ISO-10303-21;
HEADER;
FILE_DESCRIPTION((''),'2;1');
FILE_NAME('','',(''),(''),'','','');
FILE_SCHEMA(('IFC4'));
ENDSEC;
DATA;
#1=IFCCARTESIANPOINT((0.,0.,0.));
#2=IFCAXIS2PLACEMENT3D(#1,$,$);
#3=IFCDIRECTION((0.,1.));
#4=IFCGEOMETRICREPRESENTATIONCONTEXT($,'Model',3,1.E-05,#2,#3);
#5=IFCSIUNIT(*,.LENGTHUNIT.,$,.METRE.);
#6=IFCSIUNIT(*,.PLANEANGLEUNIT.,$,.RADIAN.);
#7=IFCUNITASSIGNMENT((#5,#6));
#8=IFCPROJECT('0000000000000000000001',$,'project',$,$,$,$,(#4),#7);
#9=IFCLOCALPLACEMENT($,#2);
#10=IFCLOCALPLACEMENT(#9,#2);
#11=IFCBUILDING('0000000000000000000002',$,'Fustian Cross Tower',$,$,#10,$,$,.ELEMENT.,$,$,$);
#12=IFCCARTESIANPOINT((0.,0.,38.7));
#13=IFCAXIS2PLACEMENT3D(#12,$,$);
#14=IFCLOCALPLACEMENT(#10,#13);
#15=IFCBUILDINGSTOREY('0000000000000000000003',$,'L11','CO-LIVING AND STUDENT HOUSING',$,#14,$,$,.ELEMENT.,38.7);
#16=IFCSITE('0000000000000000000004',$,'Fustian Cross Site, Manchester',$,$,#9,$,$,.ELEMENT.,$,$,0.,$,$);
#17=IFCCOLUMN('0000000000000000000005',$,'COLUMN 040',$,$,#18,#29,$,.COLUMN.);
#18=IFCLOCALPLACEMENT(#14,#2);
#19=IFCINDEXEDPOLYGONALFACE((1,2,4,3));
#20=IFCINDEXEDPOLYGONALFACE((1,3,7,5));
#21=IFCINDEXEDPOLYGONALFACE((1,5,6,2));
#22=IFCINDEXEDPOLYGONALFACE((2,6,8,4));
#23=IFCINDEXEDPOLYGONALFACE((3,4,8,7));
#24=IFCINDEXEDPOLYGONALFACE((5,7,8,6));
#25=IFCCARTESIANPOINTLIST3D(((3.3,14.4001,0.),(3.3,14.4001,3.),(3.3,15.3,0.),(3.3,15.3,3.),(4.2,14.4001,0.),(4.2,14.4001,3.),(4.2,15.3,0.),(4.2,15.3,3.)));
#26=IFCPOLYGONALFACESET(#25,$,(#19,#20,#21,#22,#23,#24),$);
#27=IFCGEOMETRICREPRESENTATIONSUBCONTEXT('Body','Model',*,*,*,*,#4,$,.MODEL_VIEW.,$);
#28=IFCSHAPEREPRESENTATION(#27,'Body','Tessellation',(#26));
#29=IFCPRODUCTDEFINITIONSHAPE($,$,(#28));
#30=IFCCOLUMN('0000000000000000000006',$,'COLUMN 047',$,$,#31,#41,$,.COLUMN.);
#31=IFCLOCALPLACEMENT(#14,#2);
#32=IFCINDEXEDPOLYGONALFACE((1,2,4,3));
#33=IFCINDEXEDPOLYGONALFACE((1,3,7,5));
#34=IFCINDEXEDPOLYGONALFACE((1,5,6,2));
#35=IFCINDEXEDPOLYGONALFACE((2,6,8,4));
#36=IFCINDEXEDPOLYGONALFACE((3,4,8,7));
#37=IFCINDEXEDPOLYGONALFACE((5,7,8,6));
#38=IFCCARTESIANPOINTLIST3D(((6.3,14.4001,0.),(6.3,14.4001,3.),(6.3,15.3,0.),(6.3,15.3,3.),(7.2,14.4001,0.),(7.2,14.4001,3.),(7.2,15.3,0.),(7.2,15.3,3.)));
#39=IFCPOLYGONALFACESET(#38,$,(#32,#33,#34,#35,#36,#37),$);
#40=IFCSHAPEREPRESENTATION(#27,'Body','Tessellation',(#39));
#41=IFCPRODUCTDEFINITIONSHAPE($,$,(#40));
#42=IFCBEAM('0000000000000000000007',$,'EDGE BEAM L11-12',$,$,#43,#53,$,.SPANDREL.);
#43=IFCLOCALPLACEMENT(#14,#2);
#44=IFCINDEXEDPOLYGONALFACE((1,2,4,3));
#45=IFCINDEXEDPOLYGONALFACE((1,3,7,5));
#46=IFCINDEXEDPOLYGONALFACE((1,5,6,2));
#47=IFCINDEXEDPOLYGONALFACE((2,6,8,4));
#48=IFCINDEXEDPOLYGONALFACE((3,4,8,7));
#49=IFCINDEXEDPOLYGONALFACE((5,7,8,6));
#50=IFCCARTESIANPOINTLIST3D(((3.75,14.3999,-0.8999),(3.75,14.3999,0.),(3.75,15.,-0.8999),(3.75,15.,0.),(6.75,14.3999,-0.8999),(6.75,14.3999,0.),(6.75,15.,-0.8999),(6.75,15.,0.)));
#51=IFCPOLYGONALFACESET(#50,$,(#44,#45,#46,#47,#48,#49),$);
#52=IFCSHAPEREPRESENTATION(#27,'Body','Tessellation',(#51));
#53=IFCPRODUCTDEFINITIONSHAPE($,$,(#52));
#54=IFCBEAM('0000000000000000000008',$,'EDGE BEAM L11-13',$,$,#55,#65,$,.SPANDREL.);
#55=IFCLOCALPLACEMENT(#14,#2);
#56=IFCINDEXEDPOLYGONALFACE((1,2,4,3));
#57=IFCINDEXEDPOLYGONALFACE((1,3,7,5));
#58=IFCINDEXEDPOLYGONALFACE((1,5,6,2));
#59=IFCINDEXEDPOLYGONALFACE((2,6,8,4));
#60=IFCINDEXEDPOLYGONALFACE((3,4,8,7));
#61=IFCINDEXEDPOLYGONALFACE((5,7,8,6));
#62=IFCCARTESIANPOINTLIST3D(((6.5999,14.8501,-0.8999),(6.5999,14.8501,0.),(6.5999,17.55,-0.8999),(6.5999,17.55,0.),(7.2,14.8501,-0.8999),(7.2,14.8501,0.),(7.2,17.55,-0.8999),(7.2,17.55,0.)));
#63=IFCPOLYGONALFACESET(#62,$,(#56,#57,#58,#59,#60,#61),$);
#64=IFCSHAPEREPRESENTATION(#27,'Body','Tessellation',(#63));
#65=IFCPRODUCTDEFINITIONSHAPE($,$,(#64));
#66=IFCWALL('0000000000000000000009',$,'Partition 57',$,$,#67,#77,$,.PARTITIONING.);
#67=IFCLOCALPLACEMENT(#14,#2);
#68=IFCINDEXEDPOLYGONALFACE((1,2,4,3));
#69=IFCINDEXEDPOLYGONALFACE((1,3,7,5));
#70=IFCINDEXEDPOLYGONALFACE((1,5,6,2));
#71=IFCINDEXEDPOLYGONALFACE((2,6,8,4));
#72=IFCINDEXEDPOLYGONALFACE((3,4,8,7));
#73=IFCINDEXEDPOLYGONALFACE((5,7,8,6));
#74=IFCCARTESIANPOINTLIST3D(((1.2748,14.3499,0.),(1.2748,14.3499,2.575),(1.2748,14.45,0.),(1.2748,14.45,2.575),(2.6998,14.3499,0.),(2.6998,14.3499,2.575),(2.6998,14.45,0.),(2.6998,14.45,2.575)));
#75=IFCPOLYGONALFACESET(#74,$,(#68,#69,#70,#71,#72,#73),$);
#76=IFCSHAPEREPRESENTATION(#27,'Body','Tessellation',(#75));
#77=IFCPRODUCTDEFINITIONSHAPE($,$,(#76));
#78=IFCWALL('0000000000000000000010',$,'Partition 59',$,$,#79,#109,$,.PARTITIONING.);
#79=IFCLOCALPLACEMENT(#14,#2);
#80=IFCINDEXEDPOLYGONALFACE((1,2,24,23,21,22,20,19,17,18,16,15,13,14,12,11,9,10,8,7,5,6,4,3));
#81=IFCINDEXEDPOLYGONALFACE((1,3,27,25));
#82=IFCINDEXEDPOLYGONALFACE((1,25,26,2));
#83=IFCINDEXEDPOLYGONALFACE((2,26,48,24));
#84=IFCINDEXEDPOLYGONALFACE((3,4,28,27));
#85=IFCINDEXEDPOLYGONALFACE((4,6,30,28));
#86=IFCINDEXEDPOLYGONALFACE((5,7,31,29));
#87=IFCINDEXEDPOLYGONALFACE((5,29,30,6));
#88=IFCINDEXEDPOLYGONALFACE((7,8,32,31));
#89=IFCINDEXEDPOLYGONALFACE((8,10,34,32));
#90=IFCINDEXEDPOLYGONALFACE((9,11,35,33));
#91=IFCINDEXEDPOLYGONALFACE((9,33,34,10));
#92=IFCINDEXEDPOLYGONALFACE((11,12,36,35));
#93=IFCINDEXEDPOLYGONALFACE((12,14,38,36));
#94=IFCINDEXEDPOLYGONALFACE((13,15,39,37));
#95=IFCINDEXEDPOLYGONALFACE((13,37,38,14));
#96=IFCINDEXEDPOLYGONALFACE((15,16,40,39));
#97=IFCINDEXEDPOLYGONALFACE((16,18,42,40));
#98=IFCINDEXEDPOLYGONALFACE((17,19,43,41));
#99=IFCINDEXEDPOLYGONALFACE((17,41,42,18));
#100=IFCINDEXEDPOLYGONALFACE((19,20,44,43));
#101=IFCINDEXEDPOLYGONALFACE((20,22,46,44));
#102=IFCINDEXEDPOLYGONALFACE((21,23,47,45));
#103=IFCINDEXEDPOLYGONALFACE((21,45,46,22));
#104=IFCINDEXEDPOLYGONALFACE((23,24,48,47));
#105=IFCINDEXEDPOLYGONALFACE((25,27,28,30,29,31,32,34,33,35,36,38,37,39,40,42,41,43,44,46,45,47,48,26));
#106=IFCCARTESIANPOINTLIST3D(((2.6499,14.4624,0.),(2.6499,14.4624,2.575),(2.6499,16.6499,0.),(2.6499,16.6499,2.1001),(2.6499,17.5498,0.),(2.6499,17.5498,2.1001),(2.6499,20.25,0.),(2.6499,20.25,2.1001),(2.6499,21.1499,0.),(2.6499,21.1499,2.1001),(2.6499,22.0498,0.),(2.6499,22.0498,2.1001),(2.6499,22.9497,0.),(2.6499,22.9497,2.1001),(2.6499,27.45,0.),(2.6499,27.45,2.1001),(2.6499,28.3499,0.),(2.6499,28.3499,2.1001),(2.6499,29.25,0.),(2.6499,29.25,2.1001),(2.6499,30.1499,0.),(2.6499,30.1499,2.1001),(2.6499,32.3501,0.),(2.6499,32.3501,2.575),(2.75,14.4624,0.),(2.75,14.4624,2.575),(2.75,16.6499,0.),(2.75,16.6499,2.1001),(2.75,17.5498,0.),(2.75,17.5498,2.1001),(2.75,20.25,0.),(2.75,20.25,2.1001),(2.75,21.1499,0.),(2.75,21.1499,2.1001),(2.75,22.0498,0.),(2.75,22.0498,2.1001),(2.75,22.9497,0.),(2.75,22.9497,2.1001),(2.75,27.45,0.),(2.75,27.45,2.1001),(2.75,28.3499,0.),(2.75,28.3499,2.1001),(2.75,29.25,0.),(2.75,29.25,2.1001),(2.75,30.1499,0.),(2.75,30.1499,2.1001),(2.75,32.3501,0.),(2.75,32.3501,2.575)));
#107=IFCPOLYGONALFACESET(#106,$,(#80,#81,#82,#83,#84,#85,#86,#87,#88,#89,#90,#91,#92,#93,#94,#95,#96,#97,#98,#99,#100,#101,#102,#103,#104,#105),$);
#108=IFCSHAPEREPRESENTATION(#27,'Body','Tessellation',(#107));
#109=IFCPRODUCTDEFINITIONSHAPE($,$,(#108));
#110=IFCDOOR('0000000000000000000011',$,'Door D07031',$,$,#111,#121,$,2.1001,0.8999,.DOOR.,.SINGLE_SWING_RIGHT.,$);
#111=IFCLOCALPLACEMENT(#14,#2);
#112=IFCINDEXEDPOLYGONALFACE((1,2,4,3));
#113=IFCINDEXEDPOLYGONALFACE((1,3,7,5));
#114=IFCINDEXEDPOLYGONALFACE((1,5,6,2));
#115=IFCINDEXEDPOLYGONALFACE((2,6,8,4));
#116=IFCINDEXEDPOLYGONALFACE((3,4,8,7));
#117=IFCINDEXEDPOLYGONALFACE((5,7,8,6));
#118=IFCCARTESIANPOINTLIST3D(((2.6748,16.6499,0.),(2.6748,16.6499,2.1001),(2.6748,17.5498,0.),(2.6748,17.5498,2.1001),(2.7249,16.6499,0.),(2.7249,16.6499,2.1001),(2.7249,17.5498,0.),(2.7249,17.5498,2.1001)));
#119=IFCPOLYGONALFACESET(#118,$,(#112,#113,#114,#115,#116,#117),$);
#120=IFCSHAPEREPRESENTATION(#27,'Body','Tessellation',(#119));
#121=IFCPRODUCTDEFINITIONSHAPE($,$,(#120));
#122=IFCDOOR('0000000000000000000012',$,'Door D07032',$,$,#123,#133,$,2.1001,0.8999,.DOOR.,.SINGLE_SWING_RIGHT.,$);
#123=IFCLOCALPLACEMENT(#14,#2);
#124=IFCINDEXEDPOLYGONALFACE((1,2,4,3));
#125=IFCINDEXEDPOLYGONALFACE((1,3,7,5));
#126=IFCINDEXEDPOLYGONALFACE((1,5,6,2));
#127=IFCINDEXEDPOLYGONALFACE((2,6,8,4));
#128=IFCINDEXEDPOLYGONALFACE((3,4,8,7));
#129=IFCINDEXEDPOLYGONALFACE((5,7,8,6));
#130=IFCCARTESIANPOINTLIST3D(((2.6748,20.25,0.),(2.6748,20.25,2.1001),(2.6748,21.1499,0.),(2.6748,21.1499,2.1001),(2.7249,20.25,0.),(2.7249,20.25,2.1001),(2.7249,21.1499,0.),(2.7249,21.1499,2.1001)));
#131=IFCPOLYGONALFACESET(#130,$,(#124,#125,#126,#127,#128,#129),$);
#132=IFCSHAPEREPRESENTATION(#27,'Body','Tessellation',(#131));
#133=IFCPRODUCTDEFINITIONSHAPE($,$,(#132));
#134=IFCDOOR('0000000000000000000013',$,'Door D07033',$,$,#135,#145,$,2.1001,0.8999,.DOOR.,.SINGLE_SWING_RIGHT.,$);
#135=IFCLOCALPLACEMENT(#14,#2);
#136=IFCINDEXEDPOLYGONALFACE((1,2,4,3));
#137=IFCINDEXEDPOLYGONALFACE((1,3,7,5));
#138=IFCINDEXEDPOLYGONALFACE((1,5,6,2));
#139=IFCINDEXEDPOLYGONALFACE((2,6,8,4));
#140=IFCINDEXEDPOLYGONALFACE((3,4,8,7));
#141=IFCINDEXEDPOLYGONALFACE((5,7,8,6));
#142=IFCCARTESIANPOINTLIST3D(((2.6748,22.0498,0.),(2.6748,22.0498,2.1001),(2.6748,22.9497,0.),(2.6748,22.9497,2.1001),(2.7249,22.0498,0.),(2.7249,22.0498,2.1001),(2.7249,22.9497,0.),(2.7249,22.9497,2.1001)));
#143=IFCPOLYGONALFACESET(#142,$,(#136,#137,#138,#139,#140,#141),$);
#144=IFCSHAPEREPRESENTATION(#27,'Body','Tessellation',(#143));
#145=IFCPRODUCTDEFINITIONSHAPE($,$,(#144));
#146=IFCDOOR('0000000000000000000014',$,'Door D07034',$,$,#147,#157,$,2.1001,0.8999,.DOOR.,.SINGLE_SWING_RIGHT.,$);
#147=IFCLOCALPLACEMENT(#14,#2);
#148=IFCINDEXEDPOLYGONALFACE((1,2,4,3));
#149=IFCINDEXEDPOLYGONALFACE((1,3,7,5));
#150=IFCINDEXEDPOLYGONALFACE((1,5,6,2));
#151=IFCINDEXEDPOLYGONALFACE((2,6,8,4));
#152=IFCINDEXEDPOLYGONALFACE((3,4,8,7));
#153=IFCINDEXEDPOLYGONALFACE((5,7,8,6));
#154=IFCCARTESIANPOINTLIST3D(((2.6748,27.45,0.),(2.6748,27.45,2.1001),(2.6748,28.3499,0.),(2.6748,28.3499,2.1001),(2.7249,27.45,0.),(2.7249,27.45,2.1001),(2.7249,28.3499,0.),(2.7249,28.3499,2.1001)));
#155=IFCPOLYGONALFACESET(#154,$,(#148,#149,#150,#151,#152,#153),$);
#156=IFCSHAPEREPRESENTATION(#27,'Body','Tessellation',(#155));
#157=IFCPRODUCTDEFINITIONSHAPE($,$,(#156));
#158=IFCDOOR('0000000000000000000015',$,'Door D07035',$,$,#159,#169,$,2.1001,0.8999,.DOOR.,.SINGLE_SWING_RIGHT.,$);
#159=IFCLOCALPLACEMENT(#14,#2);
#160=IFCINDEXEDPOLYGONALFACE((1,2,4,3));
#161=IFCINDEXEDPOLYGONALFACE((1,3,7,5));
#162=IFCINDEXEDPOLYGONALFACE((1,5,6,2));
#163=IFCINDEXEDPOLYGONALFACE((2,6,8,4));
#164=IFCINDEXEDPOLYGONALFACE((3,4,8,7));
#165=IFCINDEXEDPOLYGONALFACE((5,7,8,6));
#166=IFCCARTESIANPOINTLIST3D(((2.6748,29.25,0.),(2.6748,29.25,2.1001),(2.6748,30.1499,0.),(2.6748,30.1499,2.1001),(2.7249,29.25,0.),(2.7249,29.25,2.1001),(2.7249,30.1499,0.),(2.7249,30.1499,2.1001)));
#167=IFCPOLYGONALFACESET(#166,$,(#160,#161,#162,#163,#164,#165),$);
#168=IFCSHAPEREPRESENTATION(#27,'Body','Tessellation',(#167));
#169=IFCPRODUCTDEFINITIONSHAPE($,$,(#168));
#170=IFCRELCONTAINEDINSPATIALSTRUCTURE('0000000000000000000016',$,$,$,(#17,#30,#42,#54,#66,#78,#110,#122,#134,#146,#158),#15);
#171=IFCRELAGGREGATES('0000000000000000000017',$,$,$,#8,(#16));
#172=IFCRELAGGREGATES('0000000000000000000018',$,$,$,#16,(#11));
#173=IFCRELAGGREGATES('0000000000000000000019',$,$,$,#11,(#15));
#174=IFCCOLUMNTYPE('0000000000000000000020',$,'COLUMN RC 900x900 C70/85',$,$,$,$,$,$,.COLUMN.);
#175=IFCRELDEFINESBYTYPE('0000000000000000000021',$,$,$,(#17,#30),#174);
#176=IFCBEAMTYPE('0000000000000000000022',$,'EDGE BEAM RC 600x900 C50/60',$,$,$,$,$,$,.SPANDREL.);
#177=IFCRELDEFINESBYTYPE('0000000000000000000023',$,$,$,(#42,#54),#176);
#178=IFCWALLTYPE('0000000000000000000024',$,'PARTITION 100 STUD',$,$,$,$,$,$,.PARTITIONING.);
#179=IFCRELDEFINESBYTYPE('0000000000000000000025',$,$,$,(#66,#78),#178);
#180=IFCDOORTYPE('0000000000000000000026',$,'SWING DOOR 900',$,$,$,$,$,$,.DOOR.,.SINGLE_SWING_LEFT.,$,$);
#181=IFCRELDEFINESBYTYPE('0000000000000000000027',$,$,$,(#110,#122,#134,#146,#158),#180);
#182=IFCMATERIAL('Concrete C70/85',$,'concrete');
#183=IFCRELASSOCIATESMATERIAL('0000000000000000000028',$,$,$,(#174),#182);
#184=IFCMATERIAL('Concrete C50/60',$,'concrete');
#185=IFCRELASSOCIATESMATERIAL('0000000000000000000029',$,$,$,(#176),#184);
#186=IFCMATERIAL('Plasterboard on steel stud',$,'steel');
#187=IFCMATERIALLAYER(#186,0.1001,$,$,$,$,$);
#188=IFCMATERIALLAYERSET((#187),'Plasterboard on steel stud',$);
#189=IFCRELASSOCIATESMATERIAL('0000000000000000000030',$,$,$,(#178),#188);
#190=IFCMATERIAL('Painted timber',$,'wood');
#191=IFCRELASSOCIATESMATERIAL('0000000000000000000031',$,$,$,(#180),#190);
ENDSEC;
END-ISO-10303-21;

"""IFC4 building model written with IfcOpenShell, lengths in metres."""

from ifc_helpers import new_model, si_unit, direction, frame, frame_2d, origin, origin_2d, place, context, subcontext, project, spatial, rectangle, extrude, material, layer, layer_set, material_profile, profile_set, type_object, element, fill, save


model = new_model("IFC4")

# Units and contexts
model_context = context("Model", 3, precision=1e-05, world=origin(), true_north=direction((0.0, 1.0)))
body_context = subcontext(model_context, "Body", "Model", "MODEL_VIEW")
ifc_project = project(units=[si_unit("LENGTHUNIT", "METRE"), si_unit("PLANEANGLEUNIT", "RADIAN")], contexts=[model_context])

# Site, building, storey
site_placement = place(None, origin())
site = spatial("IfcSite", under=ifc_project, at=site_placement, Name="Fustian Cross Site, Manchester", CompositionType="ELEMENT", RefElevation=0.0)
building_placement = place(site_placement, origin())
building = spatial("IfcBuilding", under=site, at=building_placement, Name="Fustian Cross Tower", CompositionType="ELEMENT")
storey_placement = place(building_placement, frame((0.0, 0.0, 38.7)))
storey = spatial("IfcBuildingStorey", under=building, at=storey_placement, Name="L11", Description="CO-LIVING AND STUDENT HOUSING", CompositionType="ELEMENT", Elevation=38.7)

# Columns
ifc_material_1 = material(Name="Concrete C70/85", Category="concrete")
ifc_material_profile_1 = material_profile(ifc_material_1, rectangle(XDim=0.8999, YDim=0.8999, at=origin_2d()), Name="RC 900x900")
ifc_profile_set_1 = profile_set([ifc_material_profile_1], Name="Concrete C70/85")
column_type = type_object("IfcColumnType", Name="COLUMN RC 900x900 C70/85", PredefinedType="COLUMN", material=ifc_profile_set_1)
for number, where, z_axis, x_axis, name in (
    (1, (3.75, 14.8501, 0.0), (0.0, 0.0, 1.0), (1.0, 0.0, 0.0), "COLUMN 040"),
    (2, (6.75, 14.8501, 0.0), (0.0, 0.0, 1.0), (1.0, 0.0, 0.0), "COLUMN 047"),
):
    element("IfcColumn", number, at=place(storey_placement, frame(where, z_axis=z_axis, x_axis=x_axis)), inside=storey, type_object=column_type, Name=name, PredefinedType="COLUMN", context=body_context, shape_type="SweptSolid", body=[
        extrude(rectangle(XDim=0.8999, YDim=0.8999, at=origin_2d()), origin(), (0.0, 0.0, 1.0), 3.0),
    ])

# Beams
ifc_material_2 = material(Name="Concrete C50/60", Category="concrete")
ifc_material_profile_2 = material_profile(ifc_material_2, rectangle(XDim=0.6001, YDim=0.8999, at=origin_2d()), Name="RC 600x900")
ifc_profile_set_2 = profile_set([ifc_material_profile_2], Name="Concrete C50/60")
beam_type = type_object("IfcBeamType", Name="EDGE BEAM RC 600x900 C50/60", PredefinedType="SPANDREL", material=ifc_profile_set_2)
beam_1_placement = place(storey_placement, frame((3.75, 14.7, -0.45), z_axis=(1.0, 0.0, 0.0), x_axis=(0.0, 1.0, 0.0)))
element("IfcBeam", 3, at=beam_1_placement, inside=storey, type_object=beam_type, Name="EDGE BEAM L11-12", PredefinedType="SPANDREL", context=body_context, shape_type="SweptSolid", body=[
    extrude(rectangle(XDim=0.6001, YDim=0.8999, at=origin_2d()), origin(), (0.0, 0.0, 1.0), 3.0),
])
beam_2_placement = place(storey_placement, frame((6.8999, 14.8501, -0.45), z_axis=(0.0, 1.0, 0.0), x_axis=(-1.0, 0.0, 0.0)))
element("IfcBeam", 4, at=beam_2_placement, inside=storey, type_object=beam_type, Name="EDGE BEAM L11-13", PredefinedType="SPANDREL", context=body_context, shape_type="SweptSolid", body=[
    extrude(rectangle(XDim=0.6001, YDim=0.8999, at=origin_2d()), origin(), (0.0, 0.0, 1.0), 2.7),
])

# Wall
ifc_material_3 = material(Name="Plasterboard on steel stud", Category="steel")
ifc_layer_1 = layer(ifc_material_3, 0.1001)
ifc_layer_set_1 = layer_set([ifc_layer_1], Name="Plasterboard on steel stud")
wall_type_1 = type_object("IfcWallType", Name="PARTITION 100 STUD", PredefinedType="PARTITIONING", material=ifc_layer_set_1)
wall_1_placement = place(storey_placement, frame((1.2749, 14.3999, 0.0), z_axis=(0.0, 0.0, 1.0), x_axis=(1.0, 0.0, 0.0)))
element("IfcWall", 5, at=wall_1_placement, inside=storey, type_object=wall_type_1, Name="Partition 57", PredefinedType="PARTITIONING", context=body_context, shape_type="SweptSolid", body=[
    extrude(rectangle(XDim=1.425, YDim=0.1001, at=frame_2d((0.7124, 0.0))), origin(), (0.0, 0.0, 1.0), 2.575),
])

# Wall, openings, doors
wall_2_placement = place(storey_placement, frame((2.7, 14.4624, 0.0), z_axis=(0.0, 0.0, 1.0), x_axis=(0.0, 1.0, 0.0)))
wall_2 = element("IfcWall", 6, at=wall_2_placement, inside=storey, type_object=wall_type_1, Name="Partition 59", PredefinedType="PARTITIONING", context=body_context, shape_type="SweptSolid", body=[
    extrude(rectangle(XDim=17.8877, YDim=0.1001, at=frame_2d((8.9438, 0.0))), origin(), (0.0, 0.0, 1.0), 2.575),
])
opening_1_placement = place(wall_2_placement, frame((2.1875, 0.0, 0.0)))
opening_1 = element("IfcOpeningElement", 7, at=opening_1_placement, cuts=wall_2, PredefinedType="OPENING", context=body_context, shape_type="SweptSolid", body=[
    extrude(rectangle(XDim=0.8999, YDim=2.1001, at=frame_2d((0.45, 1.05))), frame((0.0, 0.0601, 0.0), z_axis=(0.0, -1.0, 0.0), x_axis=(1.0, 0.0, 0.0)), (0.0, 0.0, 1.0), 0.1201),
])
opening_2_placement = place(wall_2_placement, frame((5.7876, 0.0, 0.0)))
opening_2 = element("IfcOpeningElement", 8, at=opening_2_placement, cuts=wall_2, PredefinedType="OPENING", context=body_context, shape_type="SweptSolid", body=[
    extrude(rectangle(XDim=0.8999, YDim=2.1001, at=frame_2d((0.45, 1.05))), frame((0.0, 0.0601, 0.0), z_axis=(0.0, -1.0, 0.0), x_axis=(1.0, 0.0, 0.0)), (0.0, 0.0, 1.0), 0.1201),
])
opening_3_placement = place(wall_2_placement, frame((7.5874, 0.0, 0.0)))
opening_3 = element("IfcOpeningElement", 9, at=opening_3_placement, cuts=wall_2, PredefinedType="OPENING", context=body_context, shape_type="SweptSolid", body=[
    extrude(rectangle(XDim=0.8999, YDim=2.1001, at=frame_2d((0.45, 1.05))), frame((0.0, 0.0601, 0.0), z_axis=(0.0, -1.0, 0.0), x_axis=(1.0, 0.0, 0.0)), (0.0, 0.0, 1.0), 0.1201),
])
opening_4_placement = place(wall_2_placement, frame((12.9875, 0.0, 0.0)))
opening_4 = element("IfcOpeningElement", 10, at=opening_4_placement, cuts=wall_2, PredefinedType="OPENING", context=body_context, shape_type="SweptSolid", body=[
    extrude(rectangle(XDim=0.8999, YDim=2.1001, at=frame_2d((0.45, 1.05))), frame((0.0, 0.0601, 0.0), z_axis=(0.0, -1.0, 0.0), x_axis=(1.0, 0.0, 0.0)), (0.0, 0.0, 1.0), 0.1201),
])
opening_5_placement = place(wall_2_placement, frame((14.7876, 0.0, 0.0)))
opening_5 = element("IfcOpeningElement", 11, at=opening_5_placement, cuts=wall_2, PredefinedType="OPENING", context=body_context, shape_type="SweptSolid", body=[
    extrude(rectangle(XDim=0.8999, YDim=2.1001, at=frame_2d((0.45, 1.05))), frame((0.0, 0.0601, 0.0), z_axis=(0.0, -1.0, 0.0), x_axis=(1.0, 0.0, 0.0)), (0.0, 0.0, 1.0), 0.1201),
])
ifc_material_4 = material(Name="Painted timber", Category="wood")
door_type_1 = type_object("IfcDoorType", Name="SWING DOOR 900", OperationType="SINGLE_SWING_LEFT", PredefinedType="DOOR", material=ifc_material_4)
door_1_placement = place(opening_1_placement, frame((0.8999, 0.0, 0.0), z_axis=(0.0, 0.0, 1.0), x_axis=(-1.0, 0.0, 0.0)))
door_1 = element("IfcDoor", 12, at=door_1_placement, inside=storey, type_object=door_type_1, Name="Door D07031", OperationType="SINGLE_SWING_RIGHT", OverallHeight=2.1001, OverallWidth=0.8999, PredefinedType="DOOR", context=body_context, shape_type="SweptSolid", body=[
    extrude(rectangle(XDim=0.8999, YDim=2.1001, at=frame_2d((0.45, 1.05))), frame((0.0, 0.0249, 0.0), z_axis=(0.0, -1.0, 0.0), x_axis=(1.0, 0.0, 0.0)), (0.0, 0.0, 1.0), 0.05),
])
fill(opening_1, door_1)
door_2_placement = place(opening_2_placement, frame((0.8999, 0.0, 0.0), z_axis=(0.0, 0.0, 1.0), x_axis=(-1.0, 0.0, 0.0)))
door_2 = element("IfcDoor", 13, at=door_2_placement, inside=storey, type_object=door_type_1, Name="Door D07032", OperationType="SINGLE_SWING_RIGHT", OverallHeight=2.1001, OverallWidth=0.8999, PredefinedType="DOOR", context=body_context, shape_type="SweptSolid", body=[
    extrude(rectangle(XDim=0.8999, YDim=2.1001, at=frame_2d((0.45, 1.05))), frame((0.0, 0.0249, 0.0), z_axis=(0.0, -1.0, 0.0), x_axis=(1.0, 0.0, 0.0)), (0.0, 0.0, 1.0), 0.05),
])
fill(opening_2, door_2)
door_3_placement = place(opening_3_placement, frame((0.8999, 0.0, 0.0), z_axis=(0.0, 0.0, 1.0), x_axis=(-1.0, 0.0, 0.0)))
door_3 = element("IfcDoor", 14, at=door_3_placement, inside=storey, type_object=door_type_1, Name="Door D07033", OperationType="SINGLE_SWING_RIGHT", OverallHeight=2.1001, OverallWidth=0.8999, PredefinedType="DOOR", context=body_context, shape_type="SweptSolid", body=[
    extrude(rectangle(XDim=0.8999, YDim=2.1001, at=frame_2d((0.45, 1.05))), frame((0.0, 0.0249, 0.0), z_axis=(0.0, -1.0, 0.0), x_axis=(1.0, 0.0, 0.0)), (0.0, 0.0, 1.0), 0.05),
])
fill(opening_3, door_3)
door_4_placement = place(opening_4_placement, frame((0.8999, 0.0, 0.0), z_axis=(0.0, 0.0, 1.0), x_axis=(-1.0, 0.0, 0.0)))
door_4 = element("IfcDoor", 15, at=door_4_placement, inside=storey, type_object=door_type_1, Name="Door D07034", OperationType="SINGLE_SWING_RIGHT", OverallHeight=2.1001, OverallWidth=0.8999, PredefinedType="DOOR", context=body_context, shape_type="SweptSolid", body=[
    extrude(rectangle(XDim=0.8999, YDim=2.1001, at=frame_2d((0.45, 1.05))), frame((0.0, 0.0249, 0.0), z_axis=(0.0, -1.0, 0.0), x_axis=(1.0, 0.0, 0.0)), (0.0, 0.0, 1.0), 0.05),
])
fill(opening_4, door_4)
door_5_placement = place(opening_5_placement, frame((0.8999, 0.0, 0.0), z_axis=(0.0, 0.0, 1.0), x_axis=(-1.0, 0.0, 0.0)))
door_5 = element("IfcDoor", 16, at=door_5_placement, inside=storey, type_object=door_type_1, Name="Door D07035", OperationType="SINGLE_SWING_RIGHT", OverallHeight=2.1001, OverallWidth=0.8999, PredefinedType="DOOR", context=body_context, shape_type="SweptSolid", body=[
    extrude(rectangle(XDim=0.8999, YDim=2.1001, at=frame_2d((0.45, 1.05))), frame((0.0, 0.0249, 0.0), z_axis=(0.0, -1.0, 0.0), x_axis=(1.0, 0.0, 0.0)), (0.0, 0.0, 1.0), 0.05),
])
fill(opening_5, door_5)

save(model, "model.ifc")
